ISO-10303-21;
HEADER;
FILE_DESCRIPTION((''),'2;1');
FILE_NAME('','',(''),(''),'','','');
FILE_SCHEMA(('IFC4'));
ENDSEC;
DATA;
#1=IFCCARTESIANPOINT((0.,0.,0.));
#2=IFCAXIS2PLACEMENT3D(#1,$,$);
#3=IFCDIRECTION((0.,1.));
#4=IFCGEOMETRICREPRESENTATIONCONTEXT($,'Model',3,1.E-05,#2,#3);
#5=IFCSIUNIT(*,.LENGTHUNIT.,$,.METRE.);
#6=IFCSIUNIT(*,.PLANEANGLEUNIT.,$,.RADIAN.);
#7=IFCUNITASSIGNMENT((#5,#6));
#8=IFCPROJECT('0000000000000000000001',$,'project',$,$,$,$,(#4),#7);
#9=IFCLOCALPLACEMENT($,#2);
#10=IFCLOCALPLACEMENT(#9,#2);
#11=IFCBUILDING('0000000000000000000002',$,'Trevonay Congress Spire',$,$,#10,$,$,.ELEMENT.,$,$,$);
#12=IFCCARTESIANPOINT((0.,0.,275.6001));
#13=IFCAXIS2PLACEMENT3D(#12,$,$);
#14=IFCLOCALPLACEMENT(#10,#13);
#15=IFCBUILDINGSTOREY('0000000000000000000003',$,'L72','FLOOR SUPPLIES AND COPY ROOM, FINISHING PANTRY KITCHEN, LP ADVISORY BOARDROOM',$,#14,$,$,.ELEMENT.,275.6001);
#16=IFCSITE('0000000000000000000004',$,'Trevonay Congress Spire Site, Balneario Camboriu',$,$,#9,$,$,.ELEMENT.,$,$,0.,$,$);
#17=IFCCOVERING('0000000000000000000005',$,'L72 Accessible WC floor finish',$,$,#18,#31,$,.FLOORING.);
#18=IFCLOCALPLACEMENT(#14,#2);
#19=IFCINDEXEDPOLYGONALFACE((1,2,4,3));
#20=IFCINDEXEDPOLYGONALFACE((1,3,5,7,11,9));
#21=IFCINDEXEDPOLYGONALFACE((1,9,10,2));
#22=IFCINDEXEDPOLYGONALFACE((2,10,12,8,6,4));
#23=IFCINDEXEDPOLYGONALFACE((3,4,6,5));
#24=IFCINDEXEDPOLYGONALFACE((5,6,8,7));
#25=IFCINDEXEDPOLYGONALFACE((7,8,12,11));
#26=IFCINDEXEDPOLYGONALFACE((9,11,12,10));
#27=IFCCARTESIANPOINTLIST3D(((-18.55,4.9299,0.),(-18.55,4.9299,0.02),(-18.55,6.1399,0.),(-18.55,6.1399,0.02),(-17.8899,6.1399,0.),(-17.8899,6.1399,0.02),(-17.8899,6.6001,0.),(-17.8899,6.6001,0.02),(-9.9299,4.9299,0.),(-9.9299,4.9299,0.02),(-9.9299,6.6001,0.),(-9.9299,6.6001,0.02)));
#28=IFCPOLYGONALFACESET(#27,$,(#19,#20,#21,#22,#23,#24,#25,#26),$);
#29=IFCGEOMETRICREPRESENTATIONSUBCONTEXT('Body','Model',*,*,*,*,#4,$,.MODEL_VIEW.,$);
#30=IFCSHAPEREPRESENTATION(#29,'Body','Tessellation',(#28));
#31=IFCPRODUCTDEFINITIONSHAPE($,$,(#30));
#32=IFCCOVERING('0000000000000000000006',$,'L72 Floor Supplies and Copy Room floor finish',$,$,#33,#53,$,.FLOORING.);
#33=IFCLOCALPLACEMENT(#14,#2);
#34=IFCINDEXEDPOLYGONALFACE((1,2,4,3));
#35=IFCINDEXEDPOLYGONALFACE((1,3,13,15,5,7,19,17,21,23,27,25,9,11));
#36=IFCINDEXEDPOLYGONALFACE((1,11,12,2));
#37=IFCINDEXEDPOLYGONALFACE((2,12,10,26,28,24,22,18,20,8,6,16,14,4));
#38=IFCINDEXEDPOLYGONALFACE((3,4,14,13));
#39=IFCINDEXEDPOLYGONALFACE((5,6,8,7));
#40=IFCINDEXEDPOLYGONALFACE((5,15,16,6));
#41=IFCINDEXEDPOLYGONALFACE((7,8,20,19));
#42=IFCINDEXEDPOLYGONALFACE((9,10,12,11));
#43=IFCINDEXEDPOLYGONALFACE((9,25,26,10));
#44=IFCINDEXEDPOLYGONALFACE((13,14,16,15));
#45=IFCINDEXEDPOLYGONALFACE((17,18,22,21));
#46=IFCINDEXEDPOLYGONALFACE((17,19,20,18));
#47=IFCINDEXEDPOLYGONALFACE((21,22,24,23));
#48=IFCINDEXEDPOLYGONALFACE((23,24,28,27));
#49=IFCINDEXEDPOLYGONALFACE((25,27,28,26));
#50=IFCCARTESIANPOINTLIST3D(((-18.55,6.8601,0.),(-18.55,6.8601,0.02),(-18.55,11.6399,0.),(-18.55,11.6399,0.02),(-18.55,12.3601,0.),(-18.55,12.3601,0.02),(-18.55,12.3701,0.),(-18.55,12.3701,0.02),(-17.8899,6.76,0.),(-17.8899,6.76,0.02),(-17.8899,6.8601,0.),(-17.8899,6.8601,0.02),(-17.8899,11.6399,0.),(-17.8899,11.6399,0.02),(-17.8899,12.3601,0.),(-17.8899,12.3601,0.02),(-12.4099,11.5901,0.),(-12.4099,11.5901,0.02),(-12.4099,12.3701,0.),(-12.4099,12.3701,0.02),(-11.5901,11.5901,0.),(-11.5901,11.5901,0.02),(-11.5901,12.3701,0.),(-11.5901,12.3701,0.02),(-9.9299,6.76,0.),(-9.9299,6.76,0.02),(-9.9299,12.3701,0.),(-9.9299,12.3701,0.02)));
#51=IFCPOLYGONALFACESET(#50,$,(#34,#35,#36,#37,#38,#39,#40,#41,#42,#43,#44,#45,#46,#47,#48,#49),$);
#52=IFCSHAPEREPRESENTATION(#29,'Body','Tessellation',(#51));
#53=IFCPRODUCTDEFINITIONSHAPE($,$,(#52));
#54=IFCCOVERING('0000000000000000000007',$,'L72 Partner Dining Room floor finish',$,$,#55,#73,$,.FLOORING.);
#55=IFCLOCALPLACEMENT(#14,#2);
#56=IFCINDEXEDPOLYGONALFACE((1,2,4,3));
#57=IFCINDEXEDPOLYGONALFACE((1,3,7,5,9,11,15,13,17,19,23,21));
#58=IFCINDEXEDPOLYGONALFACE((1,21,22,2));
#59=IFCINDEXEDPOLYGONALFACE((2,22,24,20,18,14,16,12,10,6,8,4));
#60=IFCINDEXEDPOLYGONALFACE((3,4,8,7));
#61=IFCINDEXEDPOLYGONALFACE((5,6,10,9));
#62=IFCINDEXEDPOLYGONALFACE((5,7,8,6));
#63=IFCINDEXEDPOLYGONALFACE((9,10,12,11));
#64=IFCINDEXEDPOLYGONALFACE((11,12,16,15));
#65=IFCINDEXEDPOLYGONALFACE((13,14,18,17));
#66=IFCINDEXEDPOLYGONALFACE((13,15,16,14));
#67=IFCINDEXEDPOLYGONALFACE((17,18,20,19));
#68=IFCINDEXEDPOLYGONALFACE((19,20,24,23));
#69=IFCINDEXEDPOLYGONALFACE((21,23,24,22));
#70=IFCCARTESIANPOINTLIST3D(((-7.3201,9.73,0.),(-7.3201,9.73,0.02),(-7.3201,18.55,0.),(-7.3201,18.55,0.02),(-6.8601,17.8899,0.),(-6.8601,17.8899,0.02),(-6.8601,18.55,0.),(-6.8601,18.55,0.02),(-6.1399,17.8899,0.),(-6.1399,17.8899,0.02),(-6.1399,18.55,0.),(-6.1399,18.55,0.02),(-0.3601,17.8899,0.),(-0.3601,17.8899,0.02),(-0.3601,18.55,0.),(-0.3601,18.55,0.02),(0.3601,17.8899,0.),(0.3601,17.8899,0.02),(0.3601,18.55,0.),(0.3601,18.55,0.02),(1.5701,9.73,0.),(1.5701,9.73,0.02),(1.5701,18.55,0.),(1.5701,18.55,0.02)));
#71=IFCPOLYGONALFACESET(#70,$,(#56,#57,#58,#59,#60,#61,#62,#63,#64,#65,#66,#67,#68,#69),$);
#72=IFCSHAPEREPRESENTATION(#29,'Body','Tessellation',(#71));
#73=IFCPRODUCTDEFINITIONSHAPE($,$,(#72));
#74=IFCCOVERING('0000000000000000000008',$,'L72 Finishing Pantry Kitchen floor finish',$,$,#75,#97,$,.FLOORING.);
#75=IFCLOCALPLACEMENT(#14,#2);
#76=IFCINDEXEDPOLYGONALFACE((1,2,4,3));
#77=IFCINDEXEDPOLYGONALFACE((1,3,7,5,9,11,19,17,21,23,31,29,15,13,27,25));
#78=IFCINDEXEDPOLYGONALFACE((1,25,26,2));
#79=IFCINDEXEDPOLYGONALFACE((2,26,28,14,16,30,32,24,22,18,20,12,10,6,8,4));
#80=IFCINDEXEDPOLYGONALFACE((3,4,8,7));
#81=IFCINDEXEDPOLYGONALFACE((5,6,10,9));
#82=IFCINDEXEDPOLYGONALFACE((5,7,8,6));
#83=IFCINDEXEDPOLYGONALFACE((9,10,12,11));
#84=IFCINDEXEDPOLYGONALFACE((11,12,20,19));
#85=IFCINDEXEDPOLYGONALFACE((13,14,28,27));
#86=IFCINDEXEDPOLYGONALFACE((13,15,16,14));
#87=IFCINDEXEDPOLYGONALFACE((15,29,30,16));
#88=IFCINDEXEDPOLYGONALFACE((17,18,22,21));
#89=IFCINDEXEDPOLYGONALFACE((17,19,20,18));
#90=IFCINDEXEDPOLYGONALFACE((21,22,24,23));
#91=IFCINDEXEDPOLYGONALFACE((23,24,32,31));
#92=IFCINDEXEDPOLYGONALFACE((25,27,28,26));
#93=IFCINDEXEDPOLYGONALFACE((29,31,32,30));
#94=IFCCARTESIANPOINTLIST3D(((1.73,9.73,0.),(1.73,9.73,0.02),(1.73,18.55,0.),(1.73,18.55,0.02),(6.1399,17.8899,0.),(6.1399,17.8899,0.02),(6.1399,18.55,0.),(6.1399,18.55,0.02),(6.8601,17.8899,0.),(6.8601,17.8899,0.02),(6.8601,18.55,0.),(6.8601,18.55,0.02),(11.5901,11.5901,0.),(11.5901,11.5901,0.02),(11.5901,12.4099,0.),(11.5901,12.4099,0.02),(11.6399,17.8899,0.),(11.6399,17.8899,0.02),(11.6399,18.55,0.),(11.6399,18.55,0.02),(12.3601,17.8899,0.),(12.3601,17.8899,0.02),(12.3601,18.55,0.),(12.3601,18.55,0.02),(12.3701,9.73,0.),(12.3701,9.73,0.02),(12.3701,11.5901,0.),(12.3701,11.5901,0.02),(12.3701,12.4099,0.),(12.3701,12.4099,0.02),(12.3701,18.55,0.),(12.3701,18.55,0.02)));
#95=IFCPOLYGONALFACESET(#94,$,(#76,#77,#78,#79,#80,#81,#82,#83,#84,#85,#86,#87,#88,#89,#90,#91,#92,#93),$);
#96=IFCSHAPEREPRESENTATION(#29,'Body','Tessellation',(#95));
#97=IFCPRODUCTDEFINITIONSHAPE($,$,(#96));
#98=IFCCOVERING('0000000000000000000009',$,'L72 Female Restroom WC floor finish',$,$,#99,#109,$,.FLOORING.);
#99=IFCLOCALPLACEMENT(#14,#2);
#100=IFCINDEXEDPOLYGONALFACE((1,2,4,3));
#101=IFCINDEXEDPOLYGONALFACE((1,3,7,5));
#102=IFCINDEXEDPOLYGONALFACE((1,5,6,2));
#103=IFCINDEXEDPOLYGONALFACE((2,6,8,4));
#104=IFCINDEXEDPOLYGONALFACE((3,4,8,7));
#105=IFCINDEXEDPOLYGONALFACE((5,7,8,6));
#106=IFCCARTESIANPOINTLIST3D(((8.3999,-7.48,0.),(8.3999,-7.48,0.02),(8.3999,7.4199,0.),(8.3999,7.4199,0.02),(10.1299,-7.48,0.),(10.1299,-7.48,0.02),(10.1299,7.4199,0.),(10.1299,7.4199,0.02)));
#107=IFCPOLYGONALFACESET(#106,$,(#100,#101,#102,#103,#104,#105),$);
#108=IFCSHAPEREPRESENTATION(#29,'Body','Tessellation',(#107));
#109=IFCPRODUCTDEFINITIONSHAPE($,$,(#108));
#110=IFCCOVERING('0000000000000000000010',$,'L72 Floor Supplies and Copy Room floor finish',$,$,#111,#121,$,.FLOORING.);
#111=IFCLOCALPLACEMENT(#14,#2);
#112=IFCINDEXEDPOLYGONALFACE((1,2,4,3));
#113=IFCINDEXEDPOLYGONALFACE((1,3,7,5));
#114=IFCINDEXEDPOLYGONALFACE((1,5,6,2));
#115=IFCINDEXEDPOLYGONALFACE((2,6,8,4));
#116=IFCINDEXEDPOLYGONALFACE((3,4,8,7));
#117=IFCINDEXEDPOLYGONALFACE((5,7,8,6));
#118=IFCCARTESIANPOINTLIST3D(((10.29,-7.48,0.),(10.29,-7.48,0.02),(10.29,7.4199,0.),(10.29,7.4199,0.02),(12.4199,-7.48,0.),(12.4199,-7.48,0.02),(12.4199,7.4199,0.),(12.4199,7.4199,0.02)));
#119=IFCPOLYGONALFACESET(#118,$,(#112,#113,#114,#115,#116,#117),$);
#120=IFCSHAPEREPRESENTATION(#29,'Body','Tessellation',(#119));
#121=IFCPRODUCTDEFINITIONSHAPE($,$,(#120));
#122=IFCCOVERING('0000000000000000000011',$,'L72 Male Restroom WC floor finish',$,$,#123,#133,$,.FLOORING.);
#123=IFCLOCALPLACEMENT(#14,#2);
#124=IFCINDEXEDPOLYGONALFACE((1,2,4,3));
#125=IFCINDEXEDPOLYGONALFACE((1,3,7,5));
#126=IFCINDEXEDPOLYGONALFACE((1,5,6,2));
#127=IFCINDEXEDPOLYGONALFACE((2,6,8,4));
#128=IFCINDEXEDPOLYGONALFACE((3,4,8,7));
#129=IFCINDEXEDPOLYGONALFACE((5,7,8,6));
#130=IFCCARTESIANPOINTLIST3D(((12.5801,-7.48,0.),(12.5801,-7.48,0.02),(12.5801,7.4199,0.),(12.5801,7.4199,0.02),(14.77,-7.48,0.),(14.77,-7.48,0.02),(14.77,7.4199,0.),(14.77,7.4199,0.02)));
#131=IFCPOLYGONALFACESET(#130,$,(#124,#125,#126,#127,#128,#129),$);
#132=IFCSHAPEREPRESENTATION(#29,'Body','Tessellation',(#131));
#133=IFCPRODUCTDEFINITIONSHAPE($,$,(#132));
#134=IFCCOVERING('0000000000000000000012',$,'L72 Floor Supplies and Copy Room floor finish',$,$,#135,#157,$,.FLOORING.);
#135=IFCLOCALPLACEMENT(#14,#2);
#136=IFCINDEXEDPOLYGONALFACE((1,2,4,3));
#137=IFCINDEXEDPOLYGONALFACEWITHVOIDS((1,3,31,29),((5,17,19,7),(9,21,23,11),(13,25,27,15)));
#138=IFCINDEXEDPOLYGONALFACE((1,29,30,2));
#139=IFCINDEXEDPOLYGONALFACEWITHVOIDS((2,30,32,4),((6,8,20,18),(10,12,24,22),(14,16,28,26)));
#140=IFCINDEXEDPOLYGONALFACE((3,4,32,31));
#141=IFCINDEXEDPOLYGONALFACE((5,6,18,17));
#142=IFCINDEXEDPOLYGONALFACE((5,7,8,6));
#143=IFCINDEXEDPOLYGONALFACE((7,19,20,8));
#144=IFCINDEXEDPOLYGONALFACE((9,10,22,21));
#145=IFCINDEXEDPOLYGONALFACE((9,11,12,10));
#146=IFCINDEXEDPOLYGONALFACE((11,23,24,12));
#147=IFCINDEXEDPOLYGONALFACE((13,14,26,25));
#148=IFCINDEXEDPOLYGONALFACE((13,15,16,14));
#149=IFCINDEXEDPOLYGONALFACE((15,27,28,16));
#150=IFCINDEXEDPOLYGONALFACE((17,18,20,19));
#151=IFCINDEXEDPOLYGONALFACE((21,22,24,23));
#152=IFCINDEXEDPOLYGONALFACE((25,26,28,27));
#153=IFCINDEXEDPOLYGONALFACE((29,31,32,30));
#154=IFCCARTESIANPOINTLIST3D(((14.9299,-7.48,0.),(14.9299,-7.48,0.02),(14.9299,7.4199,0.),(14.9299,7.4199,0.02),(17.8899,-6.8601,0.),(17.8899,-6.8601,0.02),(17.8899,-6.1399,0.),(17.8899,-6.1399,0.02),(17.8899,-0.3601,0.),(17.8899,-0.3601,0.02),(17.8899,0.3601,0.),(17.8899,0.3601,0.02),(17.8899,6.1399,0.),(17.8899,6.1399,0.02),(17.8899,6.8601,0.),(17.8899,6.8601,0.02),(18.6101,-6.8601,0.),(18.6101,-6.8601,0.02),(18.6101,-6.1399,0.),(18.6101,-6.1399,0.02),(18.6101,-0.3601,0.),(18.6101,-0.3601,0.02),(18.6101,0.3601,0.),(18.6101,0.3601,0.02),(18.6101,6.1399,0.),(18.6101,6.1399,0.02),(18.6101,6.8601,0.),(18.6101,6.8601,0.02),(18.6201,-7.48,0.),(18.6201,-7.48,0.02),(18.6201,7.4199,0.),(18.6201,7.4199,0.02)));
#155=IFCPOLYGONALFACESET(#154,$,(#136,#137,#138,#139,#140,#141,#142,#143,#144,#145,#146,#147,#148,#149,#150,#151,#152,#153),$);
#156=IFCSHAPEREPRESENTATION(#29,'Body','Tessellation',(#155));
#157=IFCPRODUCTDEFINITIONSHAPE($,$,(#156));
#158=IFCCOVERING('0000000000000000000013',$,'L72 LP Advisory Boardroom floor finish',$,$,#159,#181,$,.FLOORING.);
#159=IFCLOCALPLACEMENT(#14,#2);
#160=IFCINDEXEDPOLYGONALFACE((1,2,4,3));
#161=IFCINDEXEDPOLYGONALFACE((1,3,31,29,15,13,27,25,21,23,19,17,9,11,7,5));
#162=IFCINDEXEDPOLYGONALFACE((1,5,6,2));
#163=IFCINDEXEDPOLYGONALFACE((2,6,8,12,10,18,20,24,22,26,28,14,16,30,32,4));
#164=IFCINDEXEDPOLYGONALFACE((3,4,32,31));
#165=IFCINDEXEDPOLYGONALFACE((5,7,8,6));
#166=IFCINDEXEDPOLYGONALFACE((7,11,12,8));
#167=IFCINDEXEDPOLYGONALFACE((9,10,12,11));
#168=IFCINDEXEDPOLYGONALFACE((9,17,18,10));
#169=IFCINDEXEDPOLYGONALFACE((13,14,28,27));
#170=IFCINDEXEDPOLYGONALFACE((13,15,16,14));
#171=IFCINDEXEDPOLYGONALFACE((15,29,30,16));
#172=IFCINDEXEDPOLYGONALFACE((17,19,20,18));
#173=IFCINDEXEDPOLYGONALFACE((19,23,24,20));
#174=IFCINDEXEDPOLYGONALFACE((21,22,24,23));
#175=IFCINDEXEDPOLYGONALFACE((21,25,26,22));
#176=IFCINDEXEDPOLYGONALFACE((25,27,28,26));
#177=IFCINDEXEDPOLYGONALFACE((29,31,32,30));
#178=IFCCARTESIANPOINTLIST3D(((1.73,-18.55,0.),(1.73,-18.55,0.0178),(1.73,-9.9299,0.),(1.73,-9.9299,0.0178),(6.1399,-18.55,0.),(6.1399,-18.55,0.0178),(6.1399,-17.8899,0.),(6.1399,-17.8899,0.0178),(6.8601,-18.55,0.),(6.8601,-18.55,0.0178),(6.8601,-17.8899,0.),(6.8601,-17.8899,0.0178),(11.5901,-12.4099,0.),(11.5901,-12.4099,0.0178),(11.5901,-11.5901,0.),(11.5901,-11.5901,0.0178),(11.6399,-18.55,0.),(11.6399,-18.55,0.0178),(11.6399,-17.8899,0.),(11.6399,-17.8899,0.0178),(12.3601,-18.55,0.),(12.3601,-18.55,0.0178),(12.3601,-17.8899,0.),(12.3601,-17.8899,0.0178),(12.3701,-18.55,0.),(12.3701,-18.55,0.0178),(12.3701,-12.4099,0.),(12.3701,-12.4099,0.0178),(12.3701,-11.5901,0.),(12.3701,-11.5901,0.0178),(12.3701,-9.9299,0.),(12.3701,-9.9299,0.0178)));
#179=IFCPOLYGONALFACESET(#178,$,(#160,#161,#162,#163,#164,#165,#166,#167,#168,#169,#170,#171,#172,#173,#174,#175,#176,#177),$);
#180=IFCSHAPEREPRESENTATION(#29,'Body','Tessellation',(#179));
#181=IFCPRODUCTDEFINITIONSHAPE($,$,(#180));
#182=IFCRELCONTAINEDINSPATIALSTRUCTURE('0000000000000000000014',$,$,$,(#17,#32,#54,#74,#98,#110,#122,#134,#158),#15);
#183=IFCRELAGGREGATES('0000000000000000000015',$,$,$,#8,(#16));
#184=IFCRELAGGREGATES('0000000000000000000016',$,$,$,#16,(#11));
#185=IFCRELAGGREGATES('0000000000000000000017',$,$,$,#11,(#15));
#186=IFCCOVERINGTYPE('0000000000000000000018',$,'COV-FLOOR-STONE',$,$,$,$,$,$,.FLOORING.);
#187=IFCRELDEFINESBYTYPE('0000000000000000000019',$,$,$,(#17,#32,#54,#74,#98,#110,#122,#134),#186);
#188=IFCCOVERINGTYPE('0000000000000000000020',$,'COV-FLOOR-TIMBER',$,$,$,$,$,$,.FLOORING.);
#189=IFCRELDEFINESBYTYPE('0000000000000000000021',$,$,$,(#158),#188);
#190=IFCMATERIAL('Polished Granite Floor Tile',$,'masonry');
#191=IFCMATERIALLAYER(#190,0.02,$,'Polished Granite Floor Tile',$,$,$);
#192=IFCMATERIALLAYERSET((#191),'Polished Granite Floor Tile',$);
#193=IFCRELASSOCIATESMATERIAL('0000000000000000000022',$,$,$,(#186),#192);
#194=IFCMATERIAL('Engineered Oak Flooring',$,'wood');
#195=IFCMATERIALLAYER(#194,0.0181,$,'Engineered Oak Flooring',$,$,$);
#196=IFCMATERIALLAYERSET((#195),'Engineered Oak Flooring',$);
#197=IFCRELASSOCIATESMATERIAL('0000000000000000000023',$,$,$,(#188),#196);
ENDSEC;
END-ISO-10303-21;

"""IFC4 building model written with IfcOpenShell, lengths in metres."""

from ifc_helpers import new_model, si_unit, direction, frame, origin, place, context, subcontext, project, spatial, polyline, outline, extrude, material, layer, layer_set, type_object, element, save


model = new_model("IFC4")

# Units and contexts
model_context = context("Model", 3, precision=1e-05, world=origin(), true_north=direction((0.0, 1.0)))
body_context = subcontext(model_context, "Body", "Model", "MODEL_VIEW")
ifc_project = project(units=[si_unit("LENGTHUNIT", "METRE"), si_unit("PLANEANGLEUNIT", "RADIAN")], contexts=[model_context])

# Site, building, storey
site_placement = place(None, origin())
site = spatial("IfcSite", under=ifc_project, at=site_placement, Name="Trevonay Congress Spire Site, Balneario Camboriu", CompositionType="ELEMENT", RefElevation=0.0)
building_placement = place(site_placement, origin())
building = spatial("IfcBuilding", under=site, at=building_placement, Name="Trevonay Congress Spire", CompositionType="ELEMENT")
storey_placement = place(building_placement, frame((0.0, 0.0, 275.6001)))
storey = spatial("IfcBuildingStorey", under=building, at=storey_placement, Name="L72", Description="FLOOR SUPPLIES AND COPY ROOM, FINISHING PANTRY KITCHEN, LP ADVISORY BOARDROOM", CompositionType="ELEMENT", Elevation=275.6001)

# Coverings
ifc_material_1 = material(Name="Polished Granite Floor Tile", Category="masonry")
ifc_layer_1 = layer(ifc_material_1, 0.02, Name="Polished Granite Floor Tile")
ifc_layer_set_1 = layer_set([ifc_layer_1], Name="Polished Granite Floor Tile")
covering_type_1 = type_object("IfcCoveringType", Name="COV-FLOOR-STONE", PredefinedType="FLOORING", material=ifc_layer_set_1)
covering_1_placement = place(storey_placement, origin())
element("IfcCovering", 1, at=covering_1_placement, inside=storey, type_object=covering_type_1, Name="L72 Accessible WC floor finish", PredefinedType="FLOORING", context=body_context, shape_type="SweptSolid", body=[
    extrude(outline(polyline([(-9.9299, 6.6001), (-9.9299, 4.9299), (-18.55, 4.9299), (-18.55, 6.1399), (-17.8899, 6.1399), (-17.8899, 6.6001), (-9.9299, 6.6001)])), origin(), (0.0, 0.0, 1.0), 0.02),
])
covering_2_placement = place(storey_placement, origin())
element("IfcCovering", 2, at=covering_2_placement, inside=storey, type_object=covering_type_1, Name="L72 Floor Supplies and Copy Room floor finish", PredefinedType="FLOORING", context=body_context, shape_type="SweptSolid", body=[
    extrude(outline(polyline([(-9.9299, 12.3701), (-9.9299, 6.76), (-17.8899, 6.76), (-17.8899, 6.8601), (-18.55, 6.8601), (-18.55, 11.6399), (-17.8899, 11.6399), (-17.8899, 12.3601), (-18.55, 12.3601), (-18.55, 12.3701), (-12.4099, 12.3701), (-12.4099, 11.5901), (-11.5901, 11.5901), (-11.5901, 12.3701), (-9.9299, 12.3701)])), origin(), (0.0, 0.0, 1.0), 0.02),
])
covering_3_placement = place(storey_placement, origin())
element("IfcCovering", 3, at=covering_3_placement, inside=storey, type_object=covering_type_1, Name="L72 Partner Dining Room floor finish", PredefinedType="FLOORING", context=body_context, shape_type="SweptSolid", body=[
    extrude(outline(polyline([(1.5701, 18.55), (1.5701, 9.73), (-7.3201, 9.73), (-7.3201, 18.55), (-6.8601, 18.55), (-6.8601, 17.8899), (-6.1399, 17.8899), (-6.1399, 18.55), (-0.3601, 18.55), (-0.3601, 17.8899), (0.3601, 17.8899), (0.3601, 18.55), (1.5701, 18.55)])), origin(), (0.0, 0.0, 1.0), 0.02),
])
covering_4_placement = place(storey_placement, origin())
element("IfcCovering", 4, at=covering_4_placement, inside=storey, type_object=covering_type_1, Name="L72 Finishing Pantry Kitchen floor finish", PredefinedType="FLOORING", context=body_context, shape_type="SweptSolid", body=[
    extrude(outline(polyline([(12.3701, 9.73), (1.73, 9.73), (1.73, 18.55), (6.1399, 18.55), (6.1399, 17.8899), (6.8601, 17.8899), (6.8601, 18.55), (11.6399, 18.55), (11.6399, 17.8899), (12.3601, 17.8899), (12.3601, 18.55), (12.3701, 18.55), (12.3701, 12.4099), (11.5901, 12.4099), (11.5901, 11.5901), (12.3701, 11.5901), (12.3701, 9.73)])), origin(), (0.0, 0.0, 1.0), 0.02),
])
covering_5_placement = place(storey_placement, origin())
element("IfcCovering", 5, at=covering_5_placement, inside=storey, type_object=covering_type_1, Name="L72 Female Restroom WC floor finish", PredefinedType="FLOORING", context=body_context, shape_type="SweptSolid", body=[
    extrude(outline(polyline([(8.3999, -7.48), (10.1299, -7.48), (10.1299, 7.4199), (8.3999, 7.4199), (8.3999, -7.48)])), origin(), (0.0, 0.0, 1.0), 0.02),
])
covering_6_placement = place(storey_placement, origin())
element("IfcCovering", 6, at=covering_6_placement, inside=storey, type_object=covering_type_1, Name="L72 Floor Supplies and Copy Room floor finish", PredefinedType="FLOORING", context=body_context, shape_type="SweptSolid", body=[
    extrude(outline(polyline([(10.29, -7.48), (12.4199, -7.48), (12.4199, 7.4199), (10.29, 7.4199), (10.29, -7.48)])), origin(), (0.0, 0.0, 1.0), 0.02),
])
covering_7_placement = place(storey_placement, origin())
element("IfcCovering", 7, at=covering_7_placement, inside=storey, type_object=covering_type_1, Name="L72 Male Restroom WC floor finish", PredefinedType="FLOORING", context=body_context, shape_type="SweptSolid", body=[
    extrude(outline(polyline([(12.5801, -7.48), (14.77, -7.48), (14.77, 7.4199), (12.5801, 7.4199), (12.5801, -7.48)])), origin(), (0.0, 0.0, 1.0), 0.02),
])
covering_8_placement = place(storey_placement, origin())
element("IfcCovering", 8, at=covering_8_placement, inside=storey, type_object=covering_type_1, Name="L72 Floor Supplies and Copy Room floor finish", PredefinedType="FLOORING", context=body_context, shape_type="SweptSolid", body=[
    extrude(outline(polyline([(14.9299, 7.4199), (18.6201, 7.4199), (18.6201, -7.48), (14.9299, -7.48), (14.9299, 7.4199)]), holes=[polyline([(17.8899, -6.8601), (18.6101, -6.8601), (18.6101, -6.1399), (17.8899, -6.1399), (17.8899, -6.8601)]), polyline([(17.8899, 0.3601), (17.8899, -0.3601), (18.6101, -0.3601), (18.6101, 0.3601), (17.8899, 0.3601)]), polyline([(17.8899, 6.8601), (17.8899, 6.1399), (18.6101, 6.1399), (18.6101, 6.8601), (17.8899, 6.8601)])]), origin(), (0.0, 0.0, 1.0), 0.02),
])
ifc_material_2 = material(Name="Engineered Oak Flooring", Category="wood")
ifc_layer_2 = layer(ifc_material_2, 0.0181, Name="Engineered Oak Flooring")
ifc_layer_set_2 = layer_set([ifc_layer_2], Name="Engineered Oak Flooring")
covering_type_2 = type_object("IfcCoveringType", Name="COV-FLOOR-TIMBER", PredefinedType="FLOORING", material=ifc_layer_set_2)
covering_9_placement = place(storey_placement, origin())
element("IfcCovering", 9, at=covering_9_placement, inside=storey, type_object=covering_type_2, Name="L72 LP Advisory Boardroom floor finish", PredefinedType="FLOORING", context=body_context, shape_type="SweptSolid", body=[
    extrude(outline(polyline([(1.73, -18.55), (1.73, -9.9299), (12.3701, -9.9299), (12.3701, -11.5901), (11.5901, -11.5901), (11.5901, -12.4099), (12.3701, -12.4099), (12.3701, -18.55), (12.3601, -18.55), (12.3601, -17.8899), (11.6399, -17.8899), (11.6399, -18.55), (6.8601, -18.55), (6.8601, -17.8899), (6.1399, -17.8899), (6.1399, -18.55), (1.73, -18.55)])), origin(), (0.0, 0.0, 1.0), 0.0178),
])

save(model, "model.ifc")
